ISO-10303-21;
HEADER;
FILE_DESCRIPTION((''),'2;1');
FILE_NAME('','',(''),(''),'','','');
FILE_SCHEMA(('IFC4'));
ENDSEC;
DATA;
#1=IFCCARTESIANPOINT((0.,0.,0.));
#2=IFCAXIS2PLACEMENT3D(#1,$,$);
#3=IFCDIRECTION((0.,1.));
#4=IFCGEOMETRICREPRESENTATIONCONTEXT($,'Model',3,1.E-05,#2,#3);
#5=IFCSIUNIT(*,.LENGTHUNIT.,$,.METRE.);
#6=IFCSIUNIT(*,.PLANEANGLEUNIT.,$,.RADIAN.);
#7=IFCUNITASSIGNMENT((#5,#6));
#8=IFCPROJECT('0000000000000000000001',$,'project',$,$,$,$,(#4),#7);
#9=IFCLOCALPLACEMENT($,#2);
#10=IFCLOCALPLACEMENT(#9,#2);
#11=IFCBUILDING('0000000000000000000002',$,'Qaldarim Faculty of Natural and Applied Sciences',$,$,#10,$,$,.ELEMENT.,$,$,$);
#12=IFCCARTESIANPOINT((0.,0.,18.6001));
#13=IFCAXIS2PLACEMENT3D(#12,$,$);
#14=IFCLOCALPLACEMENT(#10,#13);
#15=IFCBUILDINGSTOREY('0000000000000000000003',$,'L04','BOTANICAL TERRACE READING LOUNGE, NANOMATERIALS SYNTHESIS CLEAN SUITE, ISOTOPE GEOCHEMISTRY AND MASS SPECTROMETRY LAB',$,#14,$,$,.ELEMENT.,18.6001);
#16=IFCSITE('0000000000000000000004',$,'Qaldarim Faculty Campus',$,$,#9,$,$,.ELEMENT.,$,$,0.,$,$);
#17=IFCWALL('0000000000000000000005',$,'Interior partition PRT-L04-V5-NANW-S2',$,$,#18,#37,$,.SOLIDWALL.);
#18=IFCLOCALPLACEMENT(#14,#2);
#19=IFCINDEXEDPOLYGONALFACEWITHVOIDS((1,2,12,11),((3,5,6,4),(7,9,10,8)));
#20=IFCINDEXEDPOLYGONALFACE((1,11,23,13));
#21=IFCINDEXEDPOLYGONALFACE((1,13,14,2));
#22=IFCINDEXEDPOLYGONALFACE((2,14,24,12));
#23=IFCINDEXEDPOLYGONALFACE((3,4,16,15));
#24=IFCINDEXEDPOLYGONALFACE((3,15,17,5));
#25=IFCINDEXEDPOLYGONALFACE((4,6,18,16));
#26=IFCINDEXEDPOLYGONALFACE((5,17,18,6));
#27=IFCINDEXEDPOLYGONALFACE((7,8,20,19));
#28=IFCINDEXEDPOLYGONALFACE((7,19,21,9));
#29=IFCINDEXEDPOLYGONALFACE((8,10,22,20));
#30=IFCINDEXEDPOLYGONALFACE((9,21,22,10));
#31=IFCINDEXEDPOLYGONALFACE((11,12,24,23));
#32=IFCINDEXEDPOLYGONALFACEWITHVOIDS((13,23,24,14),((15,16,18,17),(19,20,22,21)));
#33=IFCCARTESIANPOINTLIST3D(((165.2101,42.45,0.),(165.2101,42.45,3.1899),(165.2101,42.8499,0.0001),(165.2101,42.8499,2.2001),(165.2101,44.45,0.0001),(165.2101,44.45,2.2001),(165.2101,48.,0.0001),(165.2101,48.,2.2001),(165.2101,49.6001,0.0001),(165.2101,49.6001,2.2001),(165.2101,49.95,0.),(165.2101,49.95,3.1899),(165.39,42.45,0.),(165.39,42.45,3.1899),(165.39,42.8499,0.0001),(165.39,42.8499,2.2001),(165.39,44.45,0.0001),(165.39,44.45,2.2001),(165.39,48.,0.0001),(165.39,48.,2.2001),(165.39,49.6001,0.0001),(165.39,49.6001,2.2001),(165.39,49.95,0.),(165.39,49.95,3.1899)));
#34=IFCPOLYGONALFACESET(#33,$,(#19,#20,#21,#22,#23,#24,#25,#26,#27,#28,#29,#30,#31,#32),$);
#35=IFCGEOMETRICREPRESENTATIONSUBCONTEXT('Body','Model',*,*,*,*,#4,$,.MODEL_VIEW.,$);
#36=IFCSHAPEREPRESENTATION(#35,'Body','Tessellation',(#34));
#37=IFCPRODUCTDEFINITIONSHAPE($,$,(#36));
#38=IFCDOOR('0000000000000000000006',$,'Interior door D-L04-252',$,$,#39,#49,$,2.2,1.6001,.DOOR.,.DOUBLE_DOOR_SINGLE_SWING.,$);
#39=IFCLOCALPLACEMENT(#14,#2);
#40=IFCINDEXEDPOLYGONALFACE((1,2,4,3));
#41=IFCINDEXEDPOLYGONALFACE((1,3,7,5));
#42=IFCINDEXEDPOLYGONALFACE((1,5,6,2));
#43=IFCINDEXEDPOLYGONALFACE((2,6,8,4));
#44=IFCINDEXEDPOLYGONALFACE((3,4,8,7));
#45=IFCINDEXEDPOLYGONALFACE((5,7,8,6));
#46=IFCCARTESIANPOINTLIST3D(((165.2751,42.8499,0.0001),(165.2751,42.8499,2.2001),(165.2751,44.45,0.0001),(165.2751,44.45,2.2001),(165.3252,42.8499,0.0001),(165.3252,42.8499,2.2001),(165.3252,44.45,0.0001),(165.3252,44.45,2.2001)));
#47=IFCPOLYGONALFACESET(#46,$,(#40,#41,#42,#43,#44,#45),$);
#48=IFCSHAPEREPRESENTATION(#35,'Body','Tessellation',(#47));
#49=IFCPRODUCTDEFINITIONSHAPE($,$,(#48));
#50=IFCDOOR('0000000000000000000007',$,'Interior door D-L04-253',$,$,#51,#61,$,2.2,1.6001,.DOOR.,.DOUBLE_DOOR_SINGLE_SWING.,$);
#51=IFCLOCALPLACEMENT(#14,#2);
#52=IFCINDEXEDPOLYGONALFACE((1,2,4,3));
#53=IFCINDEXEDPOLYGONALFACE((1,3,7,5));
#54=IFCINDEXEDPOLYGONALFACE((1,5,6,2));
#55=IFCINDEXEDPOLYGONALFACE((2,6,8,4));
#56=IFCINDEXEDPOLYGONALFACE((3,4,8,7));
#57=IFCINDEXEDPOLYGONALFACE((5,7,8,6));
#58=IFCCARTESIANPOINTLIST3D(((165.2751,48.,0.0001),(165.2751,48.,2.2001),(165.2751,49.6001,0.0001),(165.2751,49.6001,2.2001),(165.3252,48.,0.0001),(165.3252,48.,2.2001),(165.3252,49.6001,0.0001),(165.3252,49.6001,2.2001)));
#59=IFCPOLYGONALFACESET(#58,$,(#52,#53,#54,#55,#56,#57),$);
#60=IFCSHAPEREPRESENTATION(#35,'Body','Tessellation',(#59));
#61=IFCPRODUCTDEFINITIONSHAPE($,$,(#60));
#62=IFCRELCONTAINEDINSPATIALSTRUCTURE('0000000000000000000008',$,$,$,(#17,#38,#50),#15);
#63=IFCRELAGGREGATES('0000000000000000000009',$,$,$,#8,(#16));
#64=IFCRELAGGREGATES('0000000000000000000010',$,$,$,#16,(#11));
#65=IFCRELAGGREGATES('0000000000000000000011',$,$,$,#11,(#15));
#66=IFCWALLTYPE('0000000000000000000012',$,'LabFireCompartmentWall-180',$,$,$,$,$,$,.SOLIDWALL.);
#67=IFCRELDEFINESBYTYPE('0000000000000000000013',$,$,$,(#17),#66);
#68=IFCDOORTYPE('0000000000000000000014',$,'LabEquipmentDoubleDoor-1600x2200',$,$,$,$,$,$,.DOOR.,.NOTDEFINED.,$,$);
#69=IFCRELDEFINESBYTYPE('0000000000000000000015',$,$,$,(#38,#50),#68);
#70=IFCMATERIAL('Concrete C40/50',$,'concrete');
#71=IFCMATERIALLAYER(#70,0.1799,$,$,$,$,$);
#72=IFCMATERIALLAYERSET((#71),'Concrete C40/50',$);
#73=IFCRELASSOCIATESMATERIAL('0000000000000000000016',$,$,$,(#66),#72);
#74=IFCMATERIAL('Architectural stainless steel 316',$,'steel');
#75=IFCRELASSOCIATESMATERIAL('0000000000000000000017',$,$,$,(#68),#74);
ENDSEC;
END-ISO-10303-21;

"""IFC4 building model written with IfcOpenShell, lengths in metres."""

from ifc_helpers import new_model, si_unit, direction, frame, frame_2d, origin, place, context, subcontext, project, spatial, rectangle, extrude, material, layer, layer_set, type_object, element, fill, save


model = new_model("IFC4")

# Units and contexts
model_context = context("Model", 3, precision=1e-05, world=origin(), true_north=direction((0.0, 1.0)))
body_context = subcontext(model_context, "Body", "Model", "MODEL_VIEW")
ifc_project = project(units=[si_unit("LENGTHUNIT", "METRE"), si_unit("PLANEANGLEUNIT", "RADIAN")], contexts=[model_context])

# Site, building, storey
site_placement = place(None, origin())
site = spatial("IfcSite", under=ifc_project, at=site_placement, Name="Qaldarim Faculty Campus", CompositionType="ELEMENT", RefElevation=0.0)
building_placement = place(site_placement, origin())
building = spatial("IfcBuilding", under=site, at=building_placement, Name="Qaldarim Faculty of Natural and Applied Sciences", CompositionType="ELEMENT")
storey_placement = place(building_placement, frame((0.0, 0.0, 18.6001)))
storey = spatial("IfcBuildingStorey", under=building, at=storey_placement, Name="L04", Description="BOTANICAL TERRACE READING LOUNGE, NANOMATERIALS SYNTHESIS CLEAN SUITE, ISOTOPE GEOCHEMISTRY AND MASS SPECTROMETRY LAB", CompositionType="ELEMENT", Elevation=18.6001)

# Shared definitions
ifc_material_1 = material(Name="Concrete C40/50", Category="concrete")

# Shared definitions
ifc_material_2 = material(Name="Architectural stainless steel 316", Category="steel")

# Wall, openings, doors
ifc_layer_1 = layer(ifc_material_1, 0.1799)
ifc_layer_set_1 = layer_set([ifc_layer_1], Name="Concrete C40/50")
wall_type_1 = type_object("IfcWallType", Name="LabFireCompartmentWall-180", PredefinedType="SOLIDWALL", material=ifc_layer_set_1)
wall_1_placement = place(storey_placement, frame((165.3, 42.45, 0.0), z_axis=(0.0, 0.0, 1.0), x_axis=(0.0, 1.0, 0.0)))
wall_1 = element("IfcWall", 1, at=wall_1_placement, inside=storey, type_object=wall_type_1, Name="Interior partition PRT-L04-V5-NANW-S2", PredefinedType="SOLIDWALL", context=body_context, shape_type="SweptSolid", body=[
    extrude(rectangle(XDim=7.5, YDim=0.1799, at=frame_2d((3.75, 0.0))), origin(), (0.0, 0.0, 1.0), 3.1899),
])
opening_1_placement = place(wall_1_placement, frame((0.3999, 0.0, 0.0)))
opening_1 = element("IfcOpeningElement", 2, at=opening_1_placement, cuts=wall_1, PredefinedType="OPENING", context=body_context, shape_type="SweptSolid", body=[
    extrude(rectangle(XDim=1.6001, YDim=2.2, at=frame_2d((0.8, 1.1001))), frame((0.0, 0.0999, 0.0), z_axis=(0.0, -1.0, 0.0), x_axis=(1.0, 0.0, 0.0)), (0.0, 0.0, 1.0), 0.2),
])
opening_2_placement = place(wall_1_placement, frame((5.55, 0.0, 0.0)))
opening_2 = element("IfcOpeningElement", 3, at=opening_2_placement, cuts=wall_1, PredefinedType="OPENING", context=body_context, shape_type="SweptSolid", body=[
    extrude(rectangle(XDim=1.6001, YDim=2.2, at=frame_2d((0.8, 1.1001))), frame((0.0, 0.0999, 0.0), z_axis=(0.0, -1.0, 0.0), x_axis=(1.0, 0.0, 0.0)), (0.0, 0.0, 1.0), 0.2),
])
door_type_1 = type_object("IfcDoorType", Name="LabEquipmentDoubleDoor-1600x2200", OperationType="NOTDEFINED", PredefinedType="DOOR", material=ifc_material_2)
door_1_placement = place(opening_1_placement, origin())
door_1 = element("IfcDoor", 4, at=door_1_placement, inside=storey, type_object=door_type_1, Name="Interior door D-L04-252", OperationType="DOUBLE_DOOR_SINGLE_SWING", OverallHeight=2.2, OverallWidth=1.6001, PredefinedType="DOOR", context=body_context, shape_type="SweptSolid", body=[
    extrude(rectangle(XDim=1.6001, YDim=2.2, at=frame_2d((0.8, 1.1001))), frame((0.0, 0.0249, 0.0), z_axis=(0.0, -1.0, 0.0), x_axis=(1.0, 0.0, 0.0)), (0.0, 0.0, 1.0), 0.05),
])
fill(opening_1, door_1)
door_2_placement = place(opening_2_placement, origin())
door_2 = element("IfcDoor", 5, at=door_2_placement, inside=storey, type_object=door_type_1, Name="Interior door D-L04-253", OperationType="DOUBLE_DOOR_SINGLE_SWING", OverallHeight=2.2, OverallWidth=1.6001, PredefinedType="DOOR", context=body_context, shape_type="SweptSolid", body=[
    extrude(rectangle(XDim=1.6001, YDim=2.2, at=frame_2d((0.8, 1.1001))), frame((0.0, 0.0249, 0.0), z_axis=(0.0, -1.0, 0.0), x_axis=(1.0, 0.0, 0.0)), (0.0, 0.0, 1.0), 0.05),
])
fill(opening_2, door_2)

save(model, "model.ifc")
